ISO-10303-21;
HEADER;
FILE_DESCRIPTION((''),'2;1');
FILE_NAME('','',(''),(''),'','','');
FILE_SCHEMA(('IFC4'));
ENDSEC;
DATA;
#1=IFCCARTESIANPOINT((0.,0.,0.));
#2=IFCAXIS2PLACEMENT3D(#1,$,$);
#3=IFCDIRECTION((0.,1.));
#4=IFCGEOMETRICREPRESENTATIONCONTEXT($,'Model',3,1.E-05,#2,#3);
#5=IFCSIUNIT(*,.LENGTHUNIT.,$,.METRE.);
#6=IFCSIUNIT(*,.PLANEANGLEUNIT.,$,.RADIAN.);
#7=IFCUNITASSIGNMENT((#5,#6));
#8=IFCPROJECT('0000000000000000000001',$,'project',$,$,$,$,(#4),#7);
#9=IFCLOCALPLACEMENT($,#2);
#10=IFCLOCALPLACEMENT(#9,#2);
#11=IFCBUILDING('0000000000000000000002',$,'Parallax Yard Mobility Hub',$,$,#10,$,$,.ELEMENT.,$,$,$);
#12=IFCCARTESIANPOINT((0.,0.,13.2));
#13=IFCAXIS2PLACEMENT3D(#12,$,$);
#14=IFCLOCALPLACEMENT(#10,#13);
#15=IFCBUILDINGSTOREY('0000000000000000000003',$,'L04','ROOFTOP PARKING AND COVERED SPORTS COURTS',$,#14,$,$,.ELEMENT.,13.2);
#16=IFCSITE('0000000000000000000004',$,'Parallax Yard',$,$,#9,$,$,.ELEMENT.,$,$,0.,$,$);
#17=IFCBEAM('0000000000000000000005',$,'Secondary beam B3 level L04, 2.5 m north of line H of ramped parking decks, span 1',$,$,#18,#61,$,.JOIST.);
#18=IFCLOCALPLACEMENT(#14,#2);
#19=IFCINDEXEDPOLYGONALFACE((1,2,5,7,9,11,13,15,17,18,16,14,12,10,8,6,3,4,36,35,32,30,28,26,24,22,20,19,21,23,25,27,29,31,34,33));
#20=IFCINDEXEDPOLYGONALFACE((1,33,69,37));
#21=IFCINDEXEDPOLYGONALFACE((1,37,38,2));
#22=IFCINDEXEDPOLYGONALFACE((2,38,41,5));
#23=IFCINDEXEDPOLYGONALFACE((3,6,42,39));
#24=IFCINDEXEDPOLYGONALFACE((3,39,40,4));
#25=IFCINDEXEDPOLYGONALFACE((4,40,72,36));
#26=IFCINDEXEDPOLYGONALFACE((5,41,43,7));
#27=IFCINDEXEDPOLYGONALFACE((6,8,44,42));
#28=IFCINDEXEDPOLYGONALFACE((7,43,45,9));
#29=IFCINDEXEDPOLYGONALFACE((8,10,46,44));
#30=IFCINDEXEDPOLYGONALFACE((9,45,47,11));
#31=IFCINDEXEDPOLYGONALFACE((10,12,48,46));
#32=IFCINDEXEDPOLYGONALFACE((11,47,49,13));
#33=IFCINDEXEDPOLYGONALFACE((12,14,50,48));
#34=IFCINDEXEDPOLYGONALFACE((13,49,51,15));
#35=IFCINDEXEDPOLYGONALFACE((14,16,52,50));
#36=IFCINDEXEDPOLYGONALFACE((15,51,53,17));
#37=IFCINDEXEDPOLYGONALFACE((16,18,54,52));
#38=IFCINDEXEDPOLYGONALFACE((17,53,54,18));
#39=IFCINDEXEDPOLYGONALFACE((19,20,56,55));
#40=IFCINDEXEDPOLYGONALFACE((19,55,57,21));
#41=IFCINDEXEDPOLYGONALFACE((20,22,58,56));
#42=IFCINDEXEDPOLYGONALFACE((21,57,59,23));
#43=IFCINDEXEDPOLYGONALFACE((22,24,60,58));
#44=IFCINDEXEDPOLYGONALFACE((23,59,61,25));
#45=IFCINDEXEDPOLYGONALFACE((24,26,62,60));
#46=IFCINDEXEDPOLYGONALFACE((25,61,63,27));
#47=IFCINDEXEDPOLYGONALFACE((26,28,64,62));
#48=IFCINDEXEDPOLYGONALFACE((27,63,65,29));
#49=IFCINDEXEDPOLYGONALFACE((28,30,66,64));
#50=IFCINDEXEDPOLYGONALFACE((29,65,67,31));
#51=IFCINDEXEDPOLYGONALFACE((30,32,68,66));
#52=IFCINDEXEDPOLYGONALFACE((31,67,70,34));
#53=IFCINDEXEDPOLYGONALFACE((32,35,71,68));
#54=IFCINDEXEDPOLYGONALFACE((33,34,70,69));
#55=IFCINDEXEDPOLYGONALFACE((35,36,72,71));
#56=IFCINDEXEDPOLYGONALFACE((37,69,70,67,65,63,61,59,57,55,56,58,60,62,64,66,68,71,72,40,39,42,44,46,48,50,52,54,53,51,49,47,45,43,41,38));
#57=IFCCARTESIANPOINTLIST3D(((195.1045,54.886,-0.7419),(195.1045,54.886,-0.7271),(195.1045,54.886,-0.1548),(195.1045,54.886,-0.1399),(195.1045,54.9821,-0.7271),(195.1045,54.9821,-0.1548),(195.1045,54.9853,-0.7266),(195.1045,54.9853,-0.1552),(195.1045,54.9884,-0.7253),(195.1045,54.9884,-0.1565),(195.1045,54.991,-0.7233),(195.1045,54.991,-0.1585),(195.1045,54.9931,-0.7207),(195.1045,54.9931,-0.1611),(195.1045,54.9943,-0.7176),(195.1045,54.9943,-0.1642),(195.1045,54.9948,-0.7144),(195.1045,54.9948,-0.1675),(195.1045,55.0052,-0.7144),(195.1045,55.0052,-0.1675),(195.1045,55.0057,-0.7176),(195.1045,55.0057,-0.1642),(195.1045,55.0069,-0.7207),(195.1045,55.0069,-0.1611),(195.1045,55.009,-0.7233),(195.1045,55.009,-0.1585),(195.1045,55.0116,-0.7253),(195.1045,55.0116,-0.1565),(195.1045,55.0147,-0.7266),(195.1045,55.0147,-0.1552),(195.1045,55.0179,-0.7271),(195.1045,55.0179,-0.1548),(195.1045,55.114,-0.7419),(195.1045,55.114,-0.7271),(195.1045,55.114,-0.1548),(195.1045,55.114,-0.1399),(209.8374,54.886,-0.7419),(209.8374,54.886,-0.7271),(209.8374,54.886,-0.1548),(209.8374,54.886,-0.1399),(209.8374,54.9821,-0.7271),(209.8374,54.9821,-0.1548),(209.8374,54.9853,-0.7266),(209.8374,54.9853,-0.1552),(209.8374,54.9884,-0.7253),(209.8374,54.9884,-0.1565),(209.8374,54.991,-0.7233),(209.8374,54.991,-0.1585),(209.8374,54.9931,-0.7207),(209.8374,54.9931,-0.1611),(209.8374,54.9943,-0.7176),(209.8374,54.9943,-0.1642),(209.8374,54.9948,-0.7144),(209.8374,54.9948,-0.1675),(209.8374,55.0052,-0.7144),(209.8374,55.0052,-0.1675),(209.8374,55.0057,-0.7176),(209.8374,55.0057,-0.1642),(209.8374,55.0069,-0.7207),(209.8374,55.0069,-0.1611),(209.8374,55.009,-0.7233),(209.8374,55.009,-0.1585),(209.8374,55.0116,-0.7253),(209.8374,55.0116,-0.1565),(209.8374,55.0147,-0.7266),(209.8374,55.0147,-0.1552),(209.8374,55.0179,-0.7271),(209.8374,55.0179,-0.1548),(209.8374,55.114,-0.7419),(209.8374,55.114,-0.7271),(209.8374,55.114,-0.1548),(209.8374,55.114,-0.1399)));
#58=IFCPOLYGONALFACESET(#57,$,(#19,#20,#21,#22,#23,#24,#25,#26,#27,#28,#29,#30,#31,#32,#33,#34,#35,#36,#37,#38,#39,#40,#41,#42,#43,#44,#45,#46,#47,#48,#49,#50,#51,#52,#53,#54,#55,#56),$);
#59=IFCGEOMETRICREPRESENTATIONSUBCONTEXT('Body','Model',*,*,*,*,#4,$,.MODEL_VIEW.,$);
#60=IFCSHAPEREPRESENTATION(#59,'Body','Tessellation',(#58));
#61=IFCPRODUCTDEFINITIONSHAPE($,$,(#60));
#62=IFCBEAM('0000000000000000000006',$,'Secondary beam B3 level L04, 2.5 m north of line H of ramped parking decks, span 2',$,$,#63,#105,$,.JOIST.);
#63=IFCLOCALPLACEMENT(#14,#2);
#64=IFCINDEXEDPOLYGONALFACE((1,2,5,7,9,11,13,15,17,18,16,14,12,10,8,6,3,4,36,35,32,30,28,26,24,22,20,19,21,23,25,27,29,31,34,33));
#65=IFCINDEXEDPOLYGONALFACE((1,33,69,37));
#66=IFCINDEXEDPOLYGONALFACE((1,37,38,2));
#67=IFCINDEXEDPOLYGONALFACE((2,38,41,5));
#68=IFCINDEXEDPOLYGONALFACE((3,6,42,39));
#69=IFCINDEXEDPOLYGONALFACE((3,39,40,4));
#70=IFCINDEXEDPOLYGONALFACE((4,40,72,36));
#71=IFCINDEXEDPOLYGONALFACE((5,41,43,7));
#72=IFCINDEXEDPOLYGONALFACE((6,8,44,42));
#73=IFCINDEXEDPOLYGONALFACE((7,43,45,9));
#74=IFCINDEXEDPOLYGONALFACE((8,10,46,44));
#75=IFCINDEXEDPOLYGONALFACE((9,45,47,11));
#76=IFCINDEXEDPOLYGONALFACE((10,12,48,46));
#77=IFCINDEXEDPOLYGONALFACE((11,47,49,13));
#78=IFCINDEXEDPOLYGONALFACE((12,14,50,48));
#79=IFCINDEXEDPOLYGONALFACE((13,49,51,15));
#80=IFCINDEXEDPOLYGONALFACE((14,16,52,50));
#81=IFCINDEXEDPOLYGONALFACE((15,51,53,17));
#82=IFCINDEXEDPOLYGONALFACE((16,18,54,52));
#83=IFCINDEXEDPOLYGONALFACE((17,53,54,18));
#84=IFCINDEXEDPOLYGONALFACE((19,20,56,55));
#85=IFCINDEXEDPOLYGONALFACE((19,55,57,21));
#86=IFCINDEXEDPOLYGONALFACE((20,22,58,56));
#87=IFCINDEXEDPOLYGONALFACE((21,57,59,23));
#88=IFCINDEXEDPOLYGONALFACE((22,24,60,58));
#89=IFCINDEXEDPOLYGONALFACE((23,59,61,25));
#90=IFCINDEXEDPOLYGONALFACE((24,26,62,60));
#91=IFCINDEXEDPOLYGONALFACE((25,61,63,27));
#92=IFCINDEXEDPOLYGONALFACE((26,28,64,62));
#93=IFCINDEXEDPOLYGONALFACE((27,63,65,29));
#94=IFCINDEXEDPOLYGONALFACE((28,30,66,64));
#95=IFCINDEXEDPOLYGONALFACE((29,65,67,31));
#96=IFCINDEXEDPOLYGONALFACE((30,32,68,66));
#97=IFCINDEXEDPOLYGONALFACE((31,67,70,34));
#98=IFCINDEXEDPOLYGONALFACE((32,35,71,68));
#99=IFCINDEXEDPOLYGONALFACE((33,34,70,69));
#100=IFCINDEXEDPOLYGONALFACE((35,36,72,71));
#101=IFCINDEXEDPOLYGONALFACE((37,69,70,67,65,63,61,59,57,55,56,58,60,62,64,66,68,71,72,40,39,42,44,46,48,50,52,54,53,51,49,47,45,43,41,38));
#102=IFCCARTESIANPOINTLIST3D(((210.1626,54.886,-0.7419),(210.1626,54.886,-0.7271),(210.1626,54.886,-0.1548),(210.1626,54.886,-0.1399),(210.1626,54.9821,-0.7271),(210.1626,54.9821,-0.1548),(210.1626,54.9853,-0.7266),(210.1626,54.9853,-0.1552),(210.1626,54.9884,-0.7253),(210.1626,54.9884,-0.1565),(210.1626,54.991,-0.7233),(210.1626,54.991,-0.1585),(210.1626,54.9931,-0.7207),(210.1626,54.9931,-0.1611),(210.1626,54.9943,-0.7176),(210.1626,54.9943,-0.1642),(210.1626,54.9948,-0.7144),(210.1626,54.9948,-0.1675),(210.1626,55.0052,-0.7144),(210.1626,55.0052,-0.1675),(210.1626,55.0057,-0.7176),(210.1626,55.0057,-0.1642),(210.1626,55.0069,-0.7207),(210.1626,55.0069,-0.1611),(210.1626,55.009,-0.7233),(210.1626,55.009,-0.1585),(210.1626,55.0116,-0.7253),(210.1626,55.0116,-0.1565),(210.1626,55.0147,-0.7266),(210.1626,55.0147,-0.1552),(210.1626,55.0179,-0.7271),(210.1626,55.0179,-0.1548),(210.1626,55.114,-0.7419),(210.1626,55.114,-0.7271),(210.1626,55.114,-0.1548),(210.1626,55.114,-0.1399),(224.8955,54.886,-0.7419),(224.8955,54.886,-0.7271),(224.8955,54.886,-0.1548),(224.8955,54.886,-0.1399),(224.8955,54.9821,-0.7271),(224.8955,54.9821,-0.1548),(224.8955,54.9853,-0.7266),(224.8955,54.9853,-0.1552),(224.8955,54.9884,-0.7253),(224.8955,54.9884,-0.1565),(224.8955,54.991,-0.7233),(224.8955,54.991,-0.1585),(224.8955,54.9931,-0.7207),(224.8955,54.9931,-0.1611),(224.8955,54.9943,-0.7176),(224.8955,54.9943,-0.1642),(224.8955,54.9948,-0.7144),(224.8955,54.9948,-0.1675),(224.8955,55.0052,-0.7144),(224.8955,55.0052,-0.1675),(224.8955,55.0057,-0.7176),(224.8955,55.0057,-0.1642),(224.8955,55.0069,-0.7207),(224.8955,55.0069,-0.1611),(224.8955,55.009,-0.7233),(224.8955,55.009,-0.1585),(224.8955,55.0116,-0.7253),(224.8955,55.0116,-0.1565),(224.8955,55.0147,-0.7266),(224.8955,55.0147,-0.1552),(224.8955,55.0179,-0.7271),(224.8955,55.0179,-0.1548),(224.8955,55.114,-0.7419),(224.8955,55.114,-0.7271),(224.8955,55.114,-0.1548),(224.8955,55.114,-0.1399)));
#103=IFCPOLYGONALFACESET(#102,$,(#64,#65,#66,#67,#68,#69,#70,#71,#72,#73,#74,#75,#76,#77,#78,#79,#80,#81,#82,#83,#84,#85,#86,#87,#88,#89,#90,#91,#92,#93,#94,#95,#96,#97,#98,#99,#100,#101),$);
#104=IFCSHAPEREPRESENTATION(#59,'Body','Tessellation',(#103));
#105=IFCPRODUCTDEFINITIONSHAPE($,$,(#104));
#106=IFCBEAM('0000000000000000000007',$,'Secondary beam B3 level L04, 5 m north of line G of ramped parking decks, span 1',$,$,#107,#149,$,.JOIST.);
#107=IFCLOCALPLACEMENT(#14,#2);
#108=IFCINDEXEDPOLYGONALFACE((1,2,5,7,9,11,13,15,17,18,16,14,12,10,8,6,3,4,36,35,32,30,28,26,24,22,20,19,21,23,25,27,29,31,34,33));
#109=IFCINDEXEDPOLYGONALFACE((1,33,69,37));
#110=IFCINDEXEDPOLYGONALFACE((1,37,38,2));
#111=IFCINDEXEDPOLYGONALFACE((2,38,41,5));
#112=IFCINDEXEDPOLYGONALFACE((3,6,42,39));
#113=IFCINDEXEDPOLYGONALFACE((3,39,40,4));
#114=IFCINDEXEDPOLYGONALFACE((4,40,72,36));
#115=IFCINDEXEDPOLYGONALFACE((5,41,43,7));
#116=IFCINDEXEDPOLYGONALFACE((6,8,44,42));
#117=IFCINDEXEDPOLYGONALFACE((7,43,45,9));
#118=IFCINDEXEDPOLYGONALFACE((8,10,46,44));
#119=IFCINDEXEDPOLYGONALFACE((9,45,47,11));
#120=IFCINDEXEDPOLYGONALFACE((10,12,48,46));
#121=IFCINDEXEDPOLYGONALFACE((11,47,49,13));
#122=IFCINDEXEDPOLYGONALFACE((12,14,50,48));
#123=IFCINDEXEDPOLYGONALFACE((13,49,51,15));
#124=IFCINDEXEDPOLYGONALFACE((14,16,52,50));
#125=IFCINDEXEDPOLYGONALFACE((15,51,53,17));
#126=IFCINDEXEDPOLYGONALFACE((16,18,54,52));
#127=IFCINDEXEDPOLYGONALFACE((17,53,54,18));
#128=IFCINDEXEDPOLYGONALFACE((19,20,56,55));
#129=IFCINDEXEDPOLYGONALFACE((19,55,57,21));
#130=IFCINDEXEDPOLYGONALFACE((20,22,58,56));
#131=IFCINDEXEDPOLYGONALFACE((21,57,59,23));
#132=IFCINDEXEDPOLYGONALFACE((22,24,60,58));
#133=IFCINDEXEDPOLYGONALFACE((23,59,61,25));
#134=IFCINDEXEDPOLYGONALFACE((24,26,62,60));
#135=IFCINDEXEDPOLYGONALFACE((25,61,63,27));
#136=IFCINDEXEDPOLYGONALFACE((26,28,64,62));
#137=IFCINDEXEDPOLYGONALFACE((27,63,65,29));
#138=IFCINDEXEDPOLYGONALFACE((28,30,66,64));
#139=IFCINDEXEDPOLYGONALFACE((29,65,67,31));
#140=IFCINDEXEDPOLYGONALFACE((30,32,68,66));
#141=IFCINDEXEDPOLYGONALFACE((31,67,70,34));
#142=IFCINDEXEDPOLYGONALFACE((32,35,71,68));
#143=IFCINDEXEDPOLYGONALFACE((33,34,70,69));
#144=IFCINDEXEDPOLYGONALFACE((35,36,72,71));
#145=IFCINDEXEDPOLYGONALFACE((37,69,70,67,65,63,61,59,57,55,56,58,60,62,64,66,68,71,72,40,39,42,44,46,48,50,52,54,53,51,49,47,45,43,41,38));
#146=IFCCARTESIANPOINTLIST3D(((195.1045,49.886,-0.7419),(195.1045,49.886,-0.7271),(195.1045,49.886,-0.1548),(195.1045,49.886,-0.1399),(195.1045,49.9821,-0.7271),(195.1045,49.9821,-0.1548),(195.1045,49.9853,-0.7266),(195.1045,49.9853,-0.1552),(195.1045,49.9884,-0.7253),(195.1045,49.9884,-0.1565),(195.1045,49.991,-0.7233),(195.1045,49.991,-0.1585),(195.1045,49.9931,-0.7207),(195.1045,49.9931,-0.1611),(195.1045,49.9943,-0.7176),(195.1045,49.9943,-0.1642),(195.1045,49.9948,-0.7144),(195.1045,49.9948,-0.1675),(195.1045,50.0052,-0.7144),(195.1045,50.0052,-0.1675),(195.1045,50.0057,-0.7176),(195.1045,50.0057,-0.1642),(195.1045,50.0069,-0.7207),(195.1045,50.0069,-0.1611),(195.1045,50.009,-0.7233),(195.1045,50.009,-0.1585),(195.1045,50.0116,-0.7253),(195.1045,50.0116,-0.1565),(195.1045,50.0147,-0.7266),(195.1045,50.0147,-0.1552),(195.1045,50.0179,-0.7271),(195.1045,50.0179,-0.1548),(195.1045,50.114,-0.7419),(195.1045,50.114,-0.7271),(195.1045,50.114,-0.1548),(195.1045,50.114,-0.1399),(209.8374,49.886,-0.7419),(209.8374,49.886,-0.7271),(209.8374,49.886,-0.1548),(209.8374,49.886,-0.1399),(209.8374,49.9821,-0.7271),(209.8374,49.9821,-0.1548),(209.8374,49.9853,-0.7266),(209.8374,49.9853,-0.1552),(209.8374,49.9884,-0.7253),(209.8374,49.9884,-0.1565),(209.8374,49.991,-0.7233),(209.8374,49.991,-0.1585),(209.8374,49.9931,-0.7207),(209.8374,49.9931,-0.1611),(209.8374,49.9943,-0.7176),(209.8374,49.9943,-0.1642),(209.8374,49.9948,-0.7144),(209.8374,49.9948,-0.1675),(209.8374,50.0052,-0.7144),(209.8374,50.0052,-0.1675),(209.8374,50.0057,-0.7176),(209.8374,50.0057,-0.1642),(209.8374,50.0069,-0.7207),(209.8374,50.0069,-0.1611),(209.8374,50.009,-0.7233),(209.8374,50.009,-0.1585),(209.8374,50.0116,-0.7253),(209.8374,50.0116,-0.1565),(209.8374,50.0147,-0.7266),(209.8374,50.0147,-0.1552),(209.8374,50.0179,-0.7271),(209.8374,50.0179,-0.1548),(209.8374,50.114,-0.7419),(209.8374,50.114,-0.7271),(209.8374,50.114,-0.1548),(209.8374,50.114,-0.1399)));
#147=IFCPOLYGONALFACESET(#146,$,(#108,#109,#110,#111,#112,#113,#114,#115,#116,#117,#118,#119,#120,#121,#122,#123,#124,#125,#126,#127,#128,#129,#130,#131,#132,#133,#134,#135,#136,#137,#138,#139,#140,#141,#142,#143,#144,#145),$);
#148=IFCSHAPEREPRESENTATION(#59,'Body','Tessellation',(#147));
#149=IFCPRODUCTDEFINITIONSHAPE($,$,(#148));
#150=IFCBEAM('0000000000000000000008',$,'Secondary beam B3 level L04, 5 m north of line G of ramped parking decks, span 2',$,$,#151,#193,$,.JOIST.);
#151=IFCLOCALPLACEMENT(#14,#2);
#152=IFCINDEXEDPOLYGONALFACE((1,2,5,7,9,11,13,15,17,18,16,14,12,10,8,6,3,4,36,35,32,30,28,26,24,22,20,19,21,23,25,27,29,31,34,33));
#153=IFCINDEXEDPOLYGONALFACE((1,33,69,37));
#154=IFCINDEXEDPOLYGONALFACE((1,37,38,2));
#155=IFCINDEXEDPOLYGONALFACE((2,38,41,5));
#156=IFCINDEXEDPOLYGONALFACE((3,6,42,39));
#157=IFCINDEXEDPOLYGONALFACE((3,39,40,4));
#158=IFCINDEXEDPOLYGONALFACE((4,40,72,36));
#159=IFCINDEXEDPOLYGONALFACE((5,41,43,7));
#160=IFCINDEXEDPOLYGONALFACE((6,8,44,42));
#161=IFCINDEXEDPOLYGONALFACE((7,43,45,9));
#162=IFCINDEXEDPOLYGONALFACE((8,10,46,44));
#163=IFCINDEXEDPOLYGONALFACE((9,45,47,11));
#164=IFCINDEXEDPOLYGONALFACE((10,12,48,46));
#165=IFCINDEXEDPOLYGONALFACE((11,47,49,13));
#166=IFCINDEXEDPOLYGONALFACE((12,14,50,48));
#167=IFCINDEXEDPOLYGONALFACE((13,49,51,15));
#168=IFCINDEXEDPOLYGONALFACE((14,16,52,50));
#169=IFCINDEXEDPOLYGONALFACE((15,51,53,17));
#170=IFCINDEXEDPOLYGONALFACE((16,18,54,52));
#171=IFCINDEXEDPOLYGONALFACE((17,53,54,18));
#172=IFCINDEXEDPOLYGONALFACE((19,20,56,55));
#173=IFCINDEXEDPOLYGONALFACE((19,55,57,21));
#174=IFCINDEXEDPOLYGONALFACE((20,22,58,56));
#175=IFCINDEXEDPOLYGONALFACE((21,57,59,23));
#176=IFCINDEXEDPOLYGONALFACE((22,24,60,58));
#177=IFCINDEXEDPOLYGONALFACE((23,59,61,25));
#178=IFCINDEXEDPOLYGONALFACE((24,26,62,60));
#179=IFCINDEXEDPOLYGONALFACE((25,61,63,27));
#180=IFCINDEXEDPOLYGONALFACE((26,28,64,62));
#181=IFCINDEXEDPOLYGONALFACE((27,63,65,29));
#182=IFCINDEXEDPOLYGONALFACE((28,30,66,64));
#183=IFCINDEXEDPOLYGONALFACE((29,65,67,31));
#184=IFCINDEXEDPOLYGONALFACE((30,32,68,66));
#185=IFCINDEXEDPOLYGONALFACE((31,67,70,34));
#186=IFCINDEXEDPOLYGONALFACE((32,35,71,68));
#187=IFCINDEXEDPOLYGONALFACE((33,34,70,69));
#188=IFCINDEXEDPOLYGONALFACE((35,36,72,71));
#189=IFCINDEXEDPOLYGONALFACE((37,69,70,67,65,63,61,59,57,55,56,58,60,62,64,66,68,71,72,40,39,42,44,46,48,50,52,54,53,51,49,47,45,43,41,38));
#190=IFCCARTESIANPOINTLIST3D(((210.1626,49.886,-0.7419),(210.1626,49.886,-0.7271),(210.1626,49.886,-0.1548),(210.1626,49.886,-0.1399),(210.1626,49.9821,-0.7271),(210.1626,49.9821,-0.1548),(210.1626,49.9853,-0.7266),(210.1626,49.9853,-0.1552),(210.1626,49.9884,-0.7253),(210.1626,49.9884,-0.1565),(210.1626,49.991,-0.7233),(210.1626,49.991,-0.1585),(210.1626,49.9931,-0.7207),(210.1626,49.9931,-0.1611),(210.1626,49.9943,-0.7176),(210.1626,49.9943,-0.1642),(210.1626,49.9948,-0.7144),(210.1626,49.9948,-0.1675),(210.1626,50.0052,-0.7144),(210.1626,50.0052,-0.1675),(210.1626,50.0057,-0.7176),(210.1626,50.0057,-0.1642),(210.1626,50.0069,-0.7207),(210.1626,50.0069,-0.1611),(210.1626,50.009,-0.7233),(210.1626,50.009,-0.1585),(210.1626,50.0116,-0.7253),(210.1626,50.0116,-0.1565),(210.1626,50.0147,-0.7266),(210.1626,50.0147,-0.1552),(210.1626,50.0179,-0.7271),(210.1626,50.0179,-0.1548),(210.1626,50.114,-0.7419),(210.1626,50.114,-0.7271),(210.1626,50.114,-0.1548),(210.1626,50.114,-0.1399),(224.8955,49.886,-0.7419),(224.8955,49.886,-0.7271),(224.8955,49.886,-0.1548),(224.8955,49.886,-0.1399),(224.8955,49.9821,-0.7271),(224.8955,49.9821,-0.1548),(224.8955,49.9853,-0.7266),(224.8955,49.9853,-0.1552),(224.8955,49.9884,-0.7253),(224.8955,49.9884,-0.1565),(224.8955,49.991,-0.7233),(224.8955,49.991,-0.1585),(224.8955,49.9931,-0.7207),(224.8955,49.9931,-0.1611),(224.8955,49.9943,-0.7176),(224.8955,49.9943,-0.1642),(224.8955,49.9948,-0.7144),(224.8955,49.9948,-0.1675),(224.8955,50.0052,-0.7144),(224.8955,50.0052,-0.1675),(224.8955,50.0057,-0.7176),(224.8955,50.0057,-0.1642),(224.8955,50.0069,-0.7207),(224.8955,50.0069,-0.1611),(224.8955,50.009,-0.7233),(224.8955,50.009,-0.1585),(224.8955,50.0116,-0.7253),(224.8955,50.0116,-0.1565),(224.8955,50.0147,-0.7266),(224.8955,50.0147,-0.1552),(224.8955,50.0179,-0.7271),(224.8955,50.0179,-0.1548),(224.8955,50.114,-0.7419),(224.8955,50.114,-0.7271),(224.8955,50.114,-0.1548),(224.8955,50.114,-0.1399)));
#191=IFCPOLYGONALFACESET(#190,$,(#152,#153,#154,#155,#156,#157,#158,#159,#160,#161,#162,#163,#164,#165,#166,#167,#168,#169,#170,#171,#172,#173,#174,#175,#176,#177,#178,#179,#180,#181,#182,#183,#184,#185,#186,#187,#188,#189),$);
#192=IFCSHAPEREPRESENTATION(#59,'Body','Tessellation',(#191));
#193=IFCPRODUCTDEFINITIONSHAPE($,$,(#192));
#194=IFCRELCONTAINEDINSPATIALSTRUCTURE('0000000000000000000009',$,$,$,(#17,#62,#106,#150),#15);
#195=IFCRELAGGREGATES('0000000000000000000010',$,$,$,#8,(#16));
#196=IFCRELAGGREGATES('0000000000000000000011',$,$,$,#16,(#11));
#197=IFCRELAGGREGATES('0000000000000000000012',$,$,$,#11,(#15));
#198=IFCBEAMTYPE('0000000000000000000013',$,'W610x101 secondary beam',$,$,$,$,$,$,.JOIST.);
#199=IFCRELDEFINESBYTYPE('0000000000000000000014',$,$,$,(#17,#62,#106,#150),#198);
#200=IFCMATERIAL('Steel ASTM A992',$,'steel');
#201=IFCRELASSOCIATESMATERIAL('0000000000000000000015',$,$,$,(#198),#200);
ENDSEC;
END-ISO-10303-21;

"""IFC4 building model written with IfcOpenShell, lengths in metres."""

from ifc_helpers import new_model, si_unit, direction, frame, origin, origin_2d, place, context, subcontext, project, spatial, i_section, extrude, material, material_profile, profile_set, type_object, element, save


model = new_model("IFC4")

# Units and contexts
model_context = context("Model", 3, precision=1e-05, world=origin(), true_north=direction((0.0, 1.0)))
body_context = subcontext(model_context, "Body", "Model", "MODEL_VIEW")
ifc_project = project(units=[si_unit("LENGTHUNIT", "METRE"), si_unit("PLANEANGLEUNIT", "RADIAN")], contexts=[model_context])

# Site, building, storey
site_placement = place(None, origin())
site = spatial("IfcSite", under=ifc_project, at=site_placement, Name="Parallax Yard", CompositionType="ELEMENT", RefElevation=0.0)
building_placement = place(site_placement, origin())
building = spatial("IfcBuilding", under=site, at=building_placement, Name="Parallax Yard Mobility Hub", CompositionType="ELEMENT")
storey_placement = place(building_placement, frame((0.0, 0.0, 13.2)))
storey = spatial("IfcBuildingStorey", under=building, at=storey_placement, Name="L04", Description="ROOFTOP PARKING AND COVERED SPORTS COURTS", CompositionType="ELEMENT", Elevation=13.2)

# Shared definitions
ifc_material_1 = material(Name="Steel ASTM A992", Category="steel")

# Beams
ifc_material_profile_1 = material_profile(ifc_material_1, i_section(OverallWidth=0.228, OverallDepth=0.6021, WebThickness=0.0105, FlangeThickness=0.0149, FilletRadius=0.0127, at=origin_2d()), Name="W610x101")
ifc_profile_set_1 = profile_set([ifc_material_profile_1], Name="Steel ASTM A992")
beam_type_1 = type_object("IfcBeamType", Name="W610x101 secondary beam", PredefinedType="JOIST", material=ifc_profile_set_1)
for number, where, z_axis, x_axis, name in (
    (1, (195.1045, 55.0, -0.4409), (1.0, 0.0, 0.0), (0.0, 1.0, 0.0), "Secondary beam B3 level L04, 2.5 m north of line H of ramped parking decks, span 1"),
    (2, (210.1626, 55.0, -0.4409), (1.0, 0.0, 0.0), (0.0, 1.0, 0.0), "Secondary beam B3 level L04, 2.5 m north of line H of ramped parking decks, span 2"),
    (3, (195.1045, 50.0, -0.4409), (1.0, 0.0, 0.0), (0.0, 1.0, 0.0), "Secondary beam B3 level L04, 5 m north of line G of ramped parking decks, span 1"),
    (4, (210.1626, 50.0, -0.4409), (1.0, 0.0, 0.0), (0.0, 1.0, 0.0), "Secondary beam B3 level L04, 5 m north of line G of ramped parking decks, span 2"),
):
    element("IfcBeam", number, at=place(storey_placement, frame(where, z_axis=z_axis, x_axis=x_axis)), inside=storey, type_object=beam_type_1, Name=name, PredefinedType="JOIST", context=body_context, shape_type="SweptSolid", body=[
        extrude(i_section(OverallWidth=0.228, OverallDepth=0.6021, WebThickness=0.0105, FlangeThickness=0.0149, FilletRadius=0.0127, at=origin_2d()), origin(), (0.0, 0.0, 1.0), 14.7329),
    ])

save(model, "model.ifc")
